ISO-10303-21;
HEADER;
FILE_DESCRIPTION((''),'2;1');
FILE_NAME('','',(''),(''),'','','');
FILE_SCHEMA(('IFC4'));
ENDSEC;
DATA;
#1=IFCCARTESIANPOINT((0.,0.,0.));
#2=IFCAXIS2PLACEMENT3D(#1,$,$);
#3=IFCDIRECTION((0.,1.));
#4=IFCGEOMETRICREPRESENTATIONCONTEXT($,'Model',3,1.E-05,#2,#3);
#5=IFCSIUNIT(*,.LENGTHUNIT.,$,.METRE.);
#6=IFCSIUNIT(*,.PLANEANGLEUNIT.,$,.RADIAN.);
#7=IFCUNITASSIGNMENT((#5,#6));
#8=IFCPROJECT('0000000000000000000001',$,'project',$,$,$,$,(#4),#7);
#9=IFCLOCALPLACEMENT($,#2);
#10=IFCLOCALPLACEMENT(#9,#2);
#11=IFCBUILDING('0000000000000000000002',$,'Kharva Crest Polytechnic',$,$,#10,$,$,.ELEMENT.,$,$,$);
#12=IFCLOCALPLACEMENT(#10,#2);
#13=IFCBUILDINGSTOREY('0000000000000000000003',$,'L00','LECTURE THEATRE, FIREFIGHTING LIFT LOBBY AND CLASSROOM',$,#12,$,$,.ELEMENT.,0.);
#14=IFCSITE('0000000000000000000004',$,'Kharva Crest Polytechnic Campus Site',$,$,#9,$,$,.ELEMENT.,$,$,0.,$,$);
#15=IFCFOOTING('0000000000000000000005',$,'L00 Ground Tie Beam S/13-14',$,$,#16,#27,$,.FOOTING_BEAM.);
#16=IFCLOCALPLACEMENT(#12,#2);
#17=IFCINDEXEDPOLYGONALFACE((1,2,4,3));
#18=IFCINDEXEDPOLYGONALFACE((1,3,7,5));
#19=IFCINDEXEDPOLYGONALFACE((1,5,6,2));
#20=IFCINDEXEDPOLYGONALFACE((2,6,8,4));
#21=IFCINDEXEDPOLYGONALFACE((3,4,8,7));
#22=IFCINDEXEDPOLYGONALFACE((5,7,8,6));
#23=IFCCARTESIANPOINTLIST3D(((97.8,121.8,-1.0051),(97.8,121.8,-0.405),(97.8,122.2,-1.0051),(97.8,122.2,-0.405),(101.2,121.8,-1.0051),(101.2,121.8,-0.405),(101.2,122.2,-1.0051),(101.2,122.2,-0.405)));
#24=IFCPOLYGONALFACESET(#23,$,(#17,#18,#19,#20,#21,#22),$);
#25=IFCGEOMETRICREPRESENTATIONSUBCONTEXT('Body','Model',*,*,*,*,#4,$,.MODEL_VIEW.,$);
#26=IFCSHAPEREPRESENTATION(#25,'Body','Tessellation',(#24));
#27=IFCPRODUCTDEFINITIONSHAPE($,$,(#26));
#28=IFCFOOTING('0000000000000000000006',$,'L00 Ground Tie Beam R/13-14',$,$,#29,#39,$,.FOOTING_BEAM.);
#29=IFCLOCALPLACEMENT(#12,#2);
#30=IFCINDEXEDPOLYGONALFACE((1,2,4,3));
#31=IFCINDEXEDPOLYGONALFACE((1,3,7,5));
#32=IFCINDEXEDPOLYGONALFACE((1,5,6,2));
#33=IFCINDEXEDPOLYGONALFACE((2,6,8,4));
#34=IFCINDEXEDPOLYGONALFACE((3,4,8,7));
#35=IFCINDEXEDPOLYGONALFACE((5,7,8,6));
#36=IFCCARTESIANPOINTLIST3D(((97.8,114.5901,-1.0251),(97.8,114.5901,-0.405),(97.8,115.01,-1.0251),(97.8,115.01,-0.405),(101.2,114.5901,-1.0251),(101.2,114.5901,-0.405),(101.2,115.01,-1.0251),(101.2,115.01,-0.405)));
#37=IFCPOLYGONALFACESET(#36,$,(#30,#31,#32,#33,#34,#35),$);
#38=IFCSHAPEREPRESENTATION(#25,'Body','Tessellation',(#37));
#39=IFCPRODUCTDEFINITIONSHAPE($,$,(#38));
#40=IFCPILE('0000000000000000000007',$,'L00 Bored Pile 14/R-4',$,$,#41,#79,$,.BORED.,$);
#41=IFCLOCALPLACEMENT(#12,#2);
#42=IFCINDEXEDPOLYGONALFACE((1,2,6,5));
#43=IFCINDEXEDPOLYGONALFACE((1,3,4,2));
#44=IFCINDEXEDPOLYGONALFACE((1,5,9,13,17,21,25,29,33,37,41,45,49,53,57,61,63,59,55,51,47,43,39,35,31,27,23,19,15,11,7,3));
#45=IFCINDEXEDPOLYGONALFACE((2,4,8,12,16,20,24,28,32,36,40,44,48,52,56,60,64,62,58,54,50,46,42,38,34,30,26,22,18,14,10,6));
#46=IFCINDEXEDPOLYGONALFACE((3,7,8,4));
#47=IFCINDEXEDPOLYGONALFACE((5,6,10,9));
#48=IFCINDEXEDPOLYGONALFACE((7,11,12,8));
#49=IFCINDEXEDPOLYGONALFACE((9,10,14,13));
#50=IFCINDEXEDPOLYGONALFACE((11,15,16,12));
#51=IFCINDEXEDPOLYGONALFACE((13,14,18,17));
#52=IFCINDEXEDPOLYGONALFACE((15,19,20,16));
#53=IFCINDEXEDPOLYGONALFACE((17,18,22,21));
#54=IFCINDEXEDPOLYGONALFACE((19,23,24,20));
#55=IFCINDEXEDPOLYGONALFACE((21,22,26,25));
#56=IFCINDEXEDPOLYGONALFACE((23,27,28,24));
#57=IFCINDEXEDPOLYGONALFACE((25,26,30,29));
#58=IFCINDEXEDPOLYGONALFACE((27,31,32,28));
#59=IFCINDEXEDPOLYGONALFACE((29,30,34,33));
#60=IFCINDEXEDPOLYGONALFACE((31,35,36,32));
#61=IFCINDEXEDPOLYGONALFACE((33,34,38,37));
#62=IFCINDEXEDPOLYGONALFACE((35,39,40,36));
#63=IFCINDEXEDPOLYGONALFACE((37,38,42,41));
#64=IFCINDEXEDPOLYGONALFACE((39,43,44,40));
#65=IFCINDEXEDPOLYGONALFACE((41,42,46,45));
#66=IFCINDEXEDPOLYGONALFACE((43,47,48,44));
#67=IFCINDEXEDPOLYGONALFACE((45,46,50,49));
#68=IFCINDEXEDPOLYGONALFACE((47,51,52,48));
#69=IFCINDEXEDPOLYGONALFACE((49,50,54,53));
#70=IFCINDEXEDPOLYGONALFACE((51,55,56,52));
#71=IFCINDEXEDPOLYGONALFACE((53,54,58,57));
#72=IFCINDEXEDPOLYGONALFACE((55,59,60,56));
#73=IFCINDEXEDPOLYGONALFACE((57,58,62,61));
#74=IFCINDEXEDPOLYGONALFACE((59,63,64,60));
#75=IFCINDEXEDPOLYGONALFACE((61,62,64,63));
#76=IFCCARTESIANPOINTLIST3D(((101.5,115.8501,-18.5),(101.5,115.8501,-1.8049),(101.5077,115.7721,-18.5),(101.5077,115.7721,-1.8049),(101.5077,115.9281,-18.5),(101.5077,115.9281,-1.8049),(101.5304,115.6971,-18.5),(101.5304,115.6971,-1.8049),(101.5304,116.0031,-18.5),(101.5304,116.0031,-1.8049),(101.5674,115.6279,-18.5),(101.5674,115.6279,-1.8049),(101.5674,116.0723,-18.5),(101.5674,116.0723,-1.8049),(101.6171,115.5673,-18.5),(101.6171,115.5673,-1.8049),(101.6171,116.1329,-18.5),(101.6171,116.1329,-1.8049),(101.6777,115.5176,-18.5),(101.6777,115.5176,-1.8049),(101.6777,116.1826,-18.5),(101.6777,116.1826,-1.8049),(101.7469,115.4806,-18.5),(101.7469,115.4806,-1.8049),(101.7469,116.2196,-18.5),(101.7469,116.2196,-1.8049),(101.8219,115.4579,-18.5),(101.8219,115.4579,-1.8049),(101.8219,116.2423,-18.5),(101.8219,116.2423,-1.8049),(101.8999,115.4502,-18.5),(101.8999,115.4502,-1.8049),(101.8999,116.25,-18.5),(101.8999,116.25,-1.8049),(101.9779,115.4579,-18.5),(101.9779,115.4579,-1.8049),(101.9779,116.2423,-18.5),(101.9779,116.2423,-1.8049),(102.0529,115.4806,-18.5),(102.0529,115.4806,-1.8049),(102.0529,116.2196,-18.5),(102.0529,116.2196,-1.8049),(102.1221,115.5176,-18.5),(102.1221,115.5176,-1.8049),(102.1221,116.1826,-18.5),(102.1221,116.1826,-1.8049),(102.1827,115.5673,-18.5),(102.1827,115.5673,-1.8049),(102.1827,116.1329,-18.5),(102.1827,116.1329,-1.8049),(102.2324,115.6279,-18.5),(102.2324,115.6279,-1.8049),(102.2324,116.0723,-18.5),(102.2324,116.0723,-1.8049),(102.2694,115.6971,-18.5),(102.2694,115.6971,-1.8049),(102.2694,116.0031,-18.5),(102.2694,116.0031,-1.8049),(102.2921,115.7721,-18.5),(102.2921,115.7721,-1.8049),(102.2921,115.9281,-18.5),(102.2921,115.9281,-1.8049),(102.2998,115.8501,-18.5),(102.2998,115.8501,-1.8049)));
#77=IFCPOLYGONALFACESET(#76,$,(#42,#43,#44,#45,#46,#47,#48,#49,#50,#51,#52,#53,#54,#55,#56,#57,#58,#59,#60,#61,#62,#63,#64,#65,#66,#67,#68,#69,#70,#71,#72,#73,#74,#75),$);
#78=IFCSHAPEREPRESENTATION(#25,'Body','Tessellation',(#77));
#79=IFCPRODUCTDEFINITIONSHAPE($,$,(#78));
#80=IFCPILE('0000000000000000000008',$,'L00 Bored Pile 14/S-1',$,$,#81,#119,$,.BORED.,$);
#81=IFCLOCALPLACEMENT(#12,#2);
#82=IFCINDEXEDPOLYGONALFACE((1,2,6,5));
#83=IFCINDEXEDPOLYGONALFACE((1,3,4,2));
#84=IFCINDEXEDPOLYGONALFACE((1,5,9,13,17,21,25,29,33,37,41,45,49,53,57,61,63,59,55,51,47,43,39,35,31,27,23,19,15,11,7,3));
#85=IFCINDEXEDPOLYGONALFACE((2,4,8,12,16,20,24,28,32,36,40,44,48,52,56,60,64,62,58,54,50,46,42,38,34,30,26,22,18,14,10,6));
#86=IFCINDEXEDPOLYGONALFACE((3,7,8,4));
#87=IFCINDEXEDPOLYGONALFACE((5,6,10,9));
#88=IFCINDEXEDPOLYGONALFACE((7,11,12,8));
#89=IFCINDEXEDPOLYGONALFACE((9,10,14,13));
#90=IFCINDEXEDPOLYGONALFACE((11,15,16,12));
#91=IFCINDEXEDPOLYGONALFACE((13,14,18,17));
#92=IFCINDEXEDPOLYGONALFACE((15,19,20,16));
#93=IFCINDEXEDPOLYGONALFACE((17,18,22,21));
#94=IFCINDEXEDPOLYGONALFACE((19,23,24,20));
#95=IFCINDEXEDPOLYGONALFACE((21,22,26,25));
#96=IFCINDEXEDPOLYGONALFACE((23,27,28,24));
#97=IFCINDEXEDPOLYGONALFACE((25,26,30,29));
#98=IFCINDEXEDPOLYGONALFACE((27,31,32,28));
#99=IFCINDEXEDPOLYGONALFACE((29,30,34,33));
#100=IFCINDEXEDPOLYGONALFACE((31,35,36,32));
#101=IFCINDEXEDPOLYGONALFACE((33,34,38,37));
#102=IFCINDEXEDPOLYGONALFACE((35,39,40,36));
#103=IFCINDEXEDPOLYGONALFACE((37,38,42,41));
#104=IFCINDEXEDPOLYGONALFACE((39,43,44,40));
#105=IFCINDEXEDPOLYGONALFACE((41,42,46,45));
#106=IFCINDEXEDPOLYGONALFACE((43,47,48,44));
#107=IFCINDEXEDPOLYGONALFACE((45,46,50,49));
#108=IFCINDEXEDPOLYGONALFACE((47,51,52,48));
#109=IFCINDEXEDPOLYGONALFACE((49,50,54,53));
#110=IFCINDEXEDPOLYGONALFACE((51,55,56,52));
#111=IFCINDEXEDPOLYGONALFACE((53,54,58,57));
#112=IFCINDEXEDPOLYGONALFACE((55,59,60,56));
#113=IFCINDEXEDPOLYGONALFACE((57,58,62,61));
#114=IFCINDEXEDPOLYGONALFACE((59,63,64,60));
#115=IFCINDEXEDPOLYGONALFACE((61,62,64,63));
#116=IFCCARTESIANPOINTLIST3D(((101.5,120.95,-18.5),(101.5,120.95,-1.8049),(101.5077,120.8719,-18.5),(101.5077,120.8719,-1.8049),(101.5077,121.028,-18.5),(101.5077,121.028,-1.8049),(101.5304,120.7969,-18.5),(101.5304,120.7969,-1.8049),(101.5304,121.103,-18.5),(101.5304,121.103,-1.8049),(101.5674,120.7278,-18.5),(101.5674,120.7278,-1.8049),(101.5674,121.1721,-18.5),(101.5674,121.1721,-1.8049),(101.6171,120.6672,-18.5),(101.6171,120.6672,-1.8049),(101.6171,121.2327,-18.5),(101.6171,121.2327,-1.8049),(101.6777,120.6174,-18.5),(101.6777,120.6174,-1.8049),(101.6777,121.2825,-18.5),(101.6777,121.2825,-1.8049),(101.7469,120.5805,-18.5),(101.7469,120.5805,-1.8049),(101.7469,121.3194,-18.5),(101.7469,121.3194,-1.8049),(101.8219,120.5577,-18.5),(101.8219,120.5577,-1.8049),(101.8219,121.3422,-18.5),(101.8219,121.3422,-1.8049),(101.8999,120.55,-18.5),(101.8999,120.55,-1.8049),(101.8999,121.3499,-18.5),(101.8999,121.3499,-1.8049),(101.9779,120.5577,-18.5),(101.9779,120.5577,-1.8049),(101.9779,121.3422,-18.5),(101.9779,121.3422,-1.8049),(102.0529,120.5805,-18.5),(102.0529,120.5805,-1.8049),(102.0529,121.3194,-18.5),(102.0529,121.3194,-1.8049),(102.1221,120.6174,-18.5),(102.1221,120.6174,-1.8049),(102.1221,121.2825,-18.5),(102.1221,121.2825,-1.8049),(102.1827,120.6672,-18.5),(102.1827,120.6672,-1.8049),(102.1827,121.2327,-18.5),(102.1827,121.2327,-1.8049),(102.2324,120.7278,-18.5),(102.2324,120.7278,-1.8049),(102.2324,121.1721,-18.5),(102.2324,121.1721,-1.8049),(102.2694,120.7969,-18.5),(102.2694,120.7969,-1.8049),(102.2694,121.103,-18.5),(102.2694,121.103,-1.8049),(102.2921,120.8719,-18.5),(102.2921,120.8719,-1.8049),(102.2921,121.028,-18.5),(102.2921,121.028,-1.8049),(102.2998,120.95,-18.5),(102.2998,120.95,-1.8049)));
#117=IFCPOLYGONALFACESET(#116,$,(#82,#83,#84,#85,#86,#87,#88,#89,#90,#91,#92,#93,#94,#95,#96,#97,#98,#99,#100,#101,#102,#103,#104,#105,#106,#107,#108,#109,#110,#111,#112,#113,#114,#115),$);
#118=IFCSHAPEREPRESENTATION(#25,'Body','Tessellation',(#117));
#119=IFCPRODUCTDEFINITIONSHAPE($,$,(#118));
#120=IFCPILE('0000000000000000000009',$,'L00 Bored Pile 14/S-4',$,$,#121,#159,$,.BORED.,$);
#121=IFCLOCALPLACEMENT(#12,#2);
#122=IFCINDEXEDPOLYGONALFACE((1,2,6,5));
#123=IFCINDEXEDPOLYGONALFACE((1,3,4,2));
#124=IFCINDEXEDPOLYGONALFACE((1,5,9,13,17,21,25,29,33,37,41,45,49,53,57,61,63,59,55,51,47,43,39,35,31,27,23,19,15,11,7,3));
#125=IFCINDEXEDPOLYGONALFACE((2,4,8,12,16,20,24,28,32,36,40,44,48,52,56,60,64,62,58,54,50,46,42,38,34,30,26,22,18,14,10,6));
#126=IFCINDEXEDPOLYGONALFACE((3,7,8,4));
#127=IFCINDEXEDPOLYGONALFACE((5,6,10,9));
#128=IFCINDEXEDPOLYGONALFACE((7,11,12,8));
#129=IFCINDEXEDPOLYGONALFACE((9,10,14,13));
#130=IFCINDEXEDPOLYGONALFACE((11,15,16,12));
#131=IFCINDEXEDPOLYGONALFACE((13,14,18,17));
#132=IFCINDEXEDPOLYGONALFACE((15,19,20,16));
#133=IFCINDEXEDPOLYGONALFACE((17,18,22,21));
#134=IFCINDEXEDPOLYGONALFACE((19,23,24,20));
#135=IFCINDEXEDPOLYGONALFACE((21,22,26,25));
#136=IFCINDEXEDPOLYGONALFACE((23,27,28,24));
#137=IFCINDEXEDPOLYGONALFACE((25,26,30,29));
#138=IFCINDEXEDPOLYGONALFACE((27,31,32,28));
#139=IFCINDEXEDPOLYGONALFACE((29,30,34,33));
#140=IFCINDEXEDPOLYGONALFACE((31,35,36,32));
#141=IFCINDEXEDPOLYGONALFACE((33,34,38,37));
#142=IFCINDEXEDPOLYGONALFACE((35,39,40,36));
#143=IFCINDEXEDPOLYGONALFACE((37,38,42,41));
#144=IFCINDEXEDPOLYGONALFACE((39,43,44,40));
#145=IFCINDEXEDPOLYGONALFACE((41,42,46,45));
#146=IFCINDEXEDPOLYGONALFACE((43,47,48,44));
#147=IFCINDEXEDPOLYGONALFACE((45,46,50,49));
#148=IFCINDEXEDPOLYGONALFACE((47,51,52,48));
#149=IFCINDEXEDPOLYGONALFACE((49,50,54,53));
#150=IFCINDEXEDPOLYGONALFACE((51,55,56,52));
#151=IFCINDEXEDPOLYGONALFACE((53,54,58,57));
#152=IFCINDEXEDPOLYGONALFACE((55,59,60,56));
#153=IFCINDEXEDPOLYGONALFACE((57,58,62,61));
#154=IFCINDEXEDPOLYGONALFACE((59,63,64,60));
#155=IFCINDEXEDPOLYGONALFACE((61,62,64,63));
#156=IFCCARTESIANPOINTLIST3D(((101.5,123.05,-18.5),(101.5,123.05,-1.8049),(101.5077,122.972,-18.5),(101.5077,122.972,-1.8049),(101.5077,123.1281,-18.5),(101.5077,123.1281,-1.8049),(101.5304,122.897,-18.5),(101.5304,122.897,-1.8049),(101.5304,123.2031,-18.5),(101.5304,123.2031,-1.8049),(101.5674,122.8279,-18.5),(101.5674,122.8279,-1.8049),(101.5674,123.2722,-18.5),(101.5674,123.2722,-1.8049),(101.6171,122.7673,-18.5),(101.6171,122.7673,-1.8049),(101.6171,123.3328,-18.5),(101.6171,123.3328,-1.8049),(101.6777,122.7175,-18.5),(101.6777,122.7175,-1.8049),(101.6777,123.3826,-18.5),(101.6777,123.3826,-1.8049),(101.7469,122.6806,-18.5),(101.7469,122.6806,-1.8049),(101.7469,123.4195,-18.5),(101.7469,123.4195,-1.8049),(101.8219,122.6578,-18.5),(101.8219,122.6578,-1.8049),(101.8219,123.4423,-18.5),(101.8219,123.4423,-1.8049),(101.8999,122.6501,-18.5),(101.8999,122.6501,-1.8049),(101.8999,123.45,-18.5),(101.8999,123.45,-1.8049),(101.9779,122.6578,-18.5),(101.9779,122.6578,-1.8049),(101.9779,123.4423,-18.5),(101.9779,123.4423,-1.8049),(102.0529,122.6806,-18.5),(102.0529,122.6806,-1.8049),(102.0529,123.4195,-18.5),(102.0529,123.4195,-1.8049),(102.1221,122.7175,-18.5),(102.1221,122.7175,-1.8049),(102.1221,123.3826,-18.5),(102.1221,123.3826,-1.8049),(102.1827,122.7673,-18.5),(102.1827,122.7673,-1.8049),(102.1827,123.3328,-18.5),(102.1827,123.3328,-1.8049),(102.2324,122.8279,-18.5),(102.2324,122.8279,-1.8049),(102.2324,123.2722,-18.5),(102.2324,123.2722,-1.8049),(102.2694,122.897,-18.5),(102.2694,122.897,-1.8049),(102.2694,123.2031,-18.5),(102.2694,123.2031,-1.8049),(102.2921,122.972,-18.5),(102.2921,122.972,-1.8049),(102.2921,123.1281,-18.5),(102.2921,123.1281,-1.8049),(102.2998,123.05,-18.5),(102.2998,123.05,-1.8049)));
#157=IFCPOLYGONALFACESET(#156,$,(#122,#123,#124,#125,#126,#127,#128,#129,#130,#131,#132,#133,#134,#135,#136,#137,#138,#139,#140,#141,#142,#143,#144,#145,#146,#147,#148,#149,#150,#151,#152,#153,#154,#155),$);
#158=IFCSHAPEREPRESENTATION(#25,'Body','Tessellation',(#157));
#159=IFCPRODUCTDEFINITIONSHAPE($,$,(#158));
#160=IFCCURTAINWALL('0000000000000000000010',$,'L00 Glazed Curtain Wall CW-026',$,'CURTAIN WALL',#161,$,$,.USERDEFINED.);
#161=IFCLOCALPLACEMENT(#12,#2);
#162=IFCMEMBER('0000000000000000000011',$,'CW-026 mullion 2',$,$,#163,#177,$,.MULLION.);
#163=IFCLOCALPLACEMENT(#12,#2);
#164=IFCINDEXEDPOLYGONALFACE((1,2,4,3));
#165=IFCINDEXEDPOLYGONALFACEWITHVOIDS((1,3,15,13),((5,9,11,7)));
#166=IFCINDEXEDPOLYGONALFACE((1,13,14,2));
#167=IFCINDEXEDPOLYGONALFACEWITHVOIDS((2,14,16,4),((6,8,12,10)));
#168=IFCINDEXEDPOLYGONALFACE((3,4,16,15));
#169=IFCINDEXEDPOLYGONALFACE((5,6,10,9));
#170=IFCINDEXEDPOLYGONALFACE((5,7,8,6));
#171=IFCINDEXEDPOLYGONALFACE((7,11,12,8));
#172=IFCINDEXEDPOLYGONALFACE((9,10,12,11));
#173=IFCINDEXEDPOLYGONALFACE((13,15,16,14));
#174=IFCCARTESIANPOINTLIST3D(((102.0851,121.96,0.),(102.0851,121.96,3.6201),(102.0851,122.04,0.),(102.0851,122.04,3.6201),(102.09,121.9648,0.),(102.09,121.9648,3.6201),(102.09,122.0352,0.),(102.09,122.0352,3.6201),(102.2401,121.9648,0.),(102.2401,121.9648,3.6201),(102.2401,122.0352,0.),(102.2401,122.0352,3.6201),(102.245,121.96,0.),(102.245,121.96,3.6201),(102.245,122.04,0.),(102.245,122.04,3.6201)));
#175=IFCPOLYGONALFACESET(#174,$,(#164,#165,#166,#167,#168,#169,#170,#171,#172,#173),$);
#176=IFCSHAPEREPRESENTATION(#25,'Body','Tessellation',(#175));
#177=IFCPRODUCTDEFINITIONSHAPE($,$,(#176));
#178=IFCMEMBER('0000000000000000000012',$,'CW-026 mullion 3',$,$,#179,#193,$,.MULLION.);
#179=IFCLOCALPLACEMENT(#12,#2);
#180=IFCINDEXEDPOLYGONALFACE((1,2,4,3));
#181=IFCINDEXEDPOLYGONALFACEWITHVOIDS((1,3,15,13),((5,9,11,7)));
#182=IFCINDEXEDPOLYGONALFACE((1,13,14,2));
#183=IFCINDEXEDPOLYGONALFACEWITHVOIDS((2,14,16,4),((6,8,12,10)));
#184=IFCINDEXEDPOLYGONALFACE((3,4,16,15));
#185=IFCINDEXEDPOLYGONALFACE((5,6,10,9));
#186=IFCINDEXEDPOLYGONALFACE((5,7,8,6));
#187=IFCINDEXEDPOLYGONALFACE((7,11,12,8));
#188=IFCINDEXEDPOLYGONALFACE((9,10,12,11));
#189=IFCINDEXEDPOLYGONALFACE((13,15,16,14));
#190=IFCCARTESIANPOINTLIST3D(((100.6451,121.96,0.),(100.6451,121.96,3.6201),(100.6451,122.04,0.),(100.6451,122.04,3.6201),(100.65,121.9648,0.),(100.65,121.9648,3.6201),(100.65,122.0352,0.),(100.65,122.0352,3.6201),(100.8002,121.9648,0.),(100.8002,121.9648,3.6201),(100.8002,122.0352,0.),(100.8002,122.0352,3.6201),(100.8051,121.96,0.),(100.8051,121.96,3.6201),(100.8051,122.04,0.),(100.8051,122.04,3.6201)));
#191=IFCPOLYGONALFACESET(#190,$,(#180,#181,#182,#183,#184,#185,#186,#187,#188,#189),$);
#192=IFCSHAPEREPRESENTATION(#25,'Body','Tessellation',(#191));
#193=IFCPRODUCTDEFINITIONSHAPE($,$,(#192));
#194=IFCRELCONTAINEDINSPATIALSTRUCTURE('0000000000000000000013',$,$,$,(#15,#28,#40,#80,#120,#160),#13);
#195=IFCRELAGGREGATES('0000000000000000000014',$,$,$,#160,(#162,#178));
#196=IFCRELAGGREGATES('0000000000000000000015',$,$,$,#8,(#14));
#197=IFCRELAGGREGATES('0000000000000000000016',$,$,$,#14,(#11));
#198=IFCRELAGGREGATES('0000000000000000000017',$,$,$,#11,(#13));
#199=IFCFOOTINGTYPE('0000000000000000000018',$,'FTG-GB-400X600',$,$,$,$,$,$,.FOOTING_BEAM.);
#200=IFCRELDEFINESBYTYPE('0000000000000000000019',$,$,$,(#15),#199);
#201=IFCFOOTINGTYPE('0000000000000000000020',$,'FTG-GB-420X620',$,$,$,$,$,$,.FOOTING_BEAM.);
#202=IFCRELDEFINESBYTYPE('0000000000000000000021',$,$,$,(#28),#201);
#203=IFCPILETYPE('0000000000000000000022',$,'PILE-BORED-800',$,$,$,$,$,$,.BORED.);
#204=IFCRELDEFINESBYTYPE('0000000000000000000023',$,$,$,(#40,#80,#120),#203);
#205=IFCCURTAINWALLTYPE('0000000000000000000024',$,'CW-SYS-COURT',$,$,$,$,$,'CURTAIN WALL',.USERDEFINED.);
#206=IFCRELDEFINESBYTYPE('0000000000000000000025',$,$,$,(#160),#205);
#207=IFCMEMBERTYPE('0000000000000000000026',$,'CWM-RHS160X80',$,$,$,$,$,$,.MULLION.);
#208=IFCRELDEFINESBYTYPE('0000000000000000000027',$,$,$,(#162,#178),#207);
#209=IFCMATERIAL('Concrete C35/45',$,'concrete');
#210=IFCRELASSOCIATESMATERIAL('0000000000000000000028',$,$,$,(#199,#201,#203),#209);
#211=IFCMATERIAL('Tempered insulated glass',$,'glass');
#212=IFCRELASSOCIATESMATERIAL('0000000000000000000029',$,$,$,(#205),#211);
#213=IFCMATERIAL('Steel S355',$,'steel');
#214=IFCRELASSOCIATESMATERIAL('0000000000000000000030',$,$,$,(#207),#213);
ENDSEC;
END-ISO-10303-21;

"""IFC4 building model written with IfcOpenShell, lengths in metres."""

from ifc_helpers import new_model, si_unit, direction, frame, origin, origin_2d, place, context, subcontext, project, spatial, rectangle, hollow_rectangle, circle, extrude, material, material_profile, profile_set, type_object, element, aggregate, save


model = new_model("IFC4")

# Units and contexts
model_context = context("Model", 3, precision=1e-05, world=origin(), true_north=direction((0.0, 1.0)))
body_context = subcontext(model_context, "Body", "Model", "MODEL_VIEW")
ifc_project = project(units=[si_unit("LENGTHUNIT", "METRE"), si_unit("PLANEANGLEUNIT", "RADIAN")], contexts=[model_context])

# Site, building, storey
site_placement = place(None, origin())
site = spatial("IfcSite", under=ifc_project, at=site_placement, Name="Kharva Crest Polytechnic Campus Site", CompositionType="ELEMENT", RefElevation=0.0)
building_placement = place(site_placement, origin())
building = spatial("IfcBuilding", under=site, at=building_placement, Name="Kharva Crest Polytechnic", CompositionType="ELEMENT")
storey_placement = place(building_placement, origin())
storey = spatial("IfcBuildingStorey", under=building, at=storey_placement, Name="L00", Description="LECTURE THEATRE, FIREFIGHTING LIFT LOBBY AND CLASSROOM", CompositionType="ELEMENT", Elevation=0.0)

# Footings
ifc_material_1 = material(Name="Concrete C35/45", Category="concrete")
footing_type_1 = type_object("IfcFootingType", Name="FTG-GB-400X600", PredefinedType="FOOTING_BEAM", material=ifc_material_1)
footing_1_placement = place(storey_placement, frame((99.5, 122.0, -1.0051), z_axis=(0.0, 0.0, 1.0), x_axis=(1.0, 0.0, 0.0)))
element("IfcFooting", 1, at=footing_1_placement, inside=storey, type_object=footing_type_1, Name="L00 Ground Tie Beam S/13-14", PredefinedType="FOOTING_BEAM", context=body_context, shape_type="SweptSolid", body=[
    extrude(rectangle(XDim=3.3999, YDim=0.3999, at=origin_2d()), origin(), (0.0, 0.0, 1.0), 0.6001),
])
footing_type_2 = type_object("IfcFootingType", Name="FTG-GB-420X620", PredefinedType="FOOTING_BEAM", material=ifc_material_1)
footing_2_placement = place(storey_placement, frame((99.5, 114.8, -1.0251), z_axis=(0.0, 0.0, 1.0), x_axis=(1.0, 0.0, 0.0)))
element("IfcFooting", 2, at=footing_2_placement, inside=storey, type_object=footing_type_2, Name="L00 Ground Tie Beam R/13-14", PredefinedType="FOOTING_BEAM", context=body_context, shape_type="SweptSolid", body=[
    extrude(rectangle(XDim=3.3999, YDim=0.4199, at=origin_2d()), origin(), (0.0, 0.0, 1.0), 0.6201),
])

# Piles
ifc_material_profile_1 = material_profile(ifc_material_1, circle(Radius=0.3999, at=origin_2d()), Name="DIA 800")
ifc_profile_set_1 = profile_set([ifc_material_profile_1], Name="Concrete C35/45")
pile_type = type_object("IfcPileType", Name="PILE-BORED-800", PredefinedType="BORED", material=ifc_profile_set_1)
for number, where, z_axis, x_axis, name in (
    (3, (101.8999, 115.8501, -1.8049), (0.0, 0.0, -1.0), (1.0, 0.0, 0.0), "L00 Bored Pile 14/R-4"),
    (4, (101.8999, 120.95, -1.8049), (0.0, 0.0, -1.0), (1.0, 0.0, 0.0), "L00 Bored Pile 14/S-1"),
    (5, (101.8999, 123.05, -1.8049), (0.0, 0.0, -1.0), (1.0, 0.0, 0.0), "L00 Bored Pile 14/S-4"),
):
    element("IfcPile", number, at=place(storey_placement, frame(where, z_axis=z_axis, x_axis=x_axis)), inside=storey, type_object=pile_type, Name=name, PredefinedType="BORED", context=body_context, shape_type="SweptSolid", body=[
        extrude(circle(Radius=0.3999, at=origin_2d()), origin(), (0.0, 0.0, 1.0), 16.6951),
    ])

# Curtain wall, members
ifc_material_2 = material(Name="Tempered insulated glass", Category="glass")
curtain_wall_type = type_object("IfcCurtainWallType", Name="CW-SYS-COURT", ElementType="CURTAIN WALL", PredefinedType="USERDEFINED", material=ifc_material_2)
curtain_wall_placement = place(storey_placement, origin())
curtain_wall = element("IfcCurtainWall", 6, at=curtain_wall_placement, inside=storey, type_object=curtain_wall_type, Name="L00 Glazed Curtain Wall CW-026", ObjectType="CURTAIN WALL", PredefinedType="USERDEFINED")
ifc_material_3 = material(Name="Steel S355", Category="steel")
ifc_material_profile_2 = material_profile(ifc_material_3, hollow_rectangle(XDim=0.0801, YDim=0.1599, WallThickness=0.0049, at=origin_2d()), Name="RHS 160X80X5.0")
ifc_profile_set_2 = profile_set([ifc_material_profile_2], Name="Steel S355")
member_type_1 = type_object("IfcMemberType", Name="CWM-RHS160X80", PredefinedType="MULLION", material=ifc_profile_set_2)
member_1_placement = place(storey_placement, frame((102.165, 122.0, 0.0), z_axis=(0.0, 0.0, 1.0), x_axis=(0.0, -1.0, 0.0)))
member_1 = element("IfcMember", 7, at=member_1_placement, type_object=member_type_1, Name="CW-026 mullion 2", PredefinedType="MULLION", context=body_context, shape_type="SweptSolid", body=[
    extrude(hollow_rectangle(XDim=0.0801, YDim=0.1599, WallThickness=0.0049, at=origin_2d()), origin(), (0.0, 0.0, 1.0), 3.6201),
])
member_2_placement = place(storey_placement, frame((100.7251, 122.0, 0.0), z_axis=(0.0, 0.0, 1.0), x_axis=(0.0, -1.0, 0.0)))
member_2 = element("IfcMember", 8, at=member_2_placement, type_object=member_type_1, Name="CW-026 mullion 3", PredefinedType="MULLION", context=body_context, shape_type="SweptSolid", body=[
    extrude(hollow_rectangle(XDim=0.0801, YDim=0.1599, WallThickness=0.0049, at=origin_2d()), origin(), (0.0, 0.0, 1.0), 3.6201),
])
aggregate(curtain_wall, [member_1, member_2])

save(model, "model.ifc")
